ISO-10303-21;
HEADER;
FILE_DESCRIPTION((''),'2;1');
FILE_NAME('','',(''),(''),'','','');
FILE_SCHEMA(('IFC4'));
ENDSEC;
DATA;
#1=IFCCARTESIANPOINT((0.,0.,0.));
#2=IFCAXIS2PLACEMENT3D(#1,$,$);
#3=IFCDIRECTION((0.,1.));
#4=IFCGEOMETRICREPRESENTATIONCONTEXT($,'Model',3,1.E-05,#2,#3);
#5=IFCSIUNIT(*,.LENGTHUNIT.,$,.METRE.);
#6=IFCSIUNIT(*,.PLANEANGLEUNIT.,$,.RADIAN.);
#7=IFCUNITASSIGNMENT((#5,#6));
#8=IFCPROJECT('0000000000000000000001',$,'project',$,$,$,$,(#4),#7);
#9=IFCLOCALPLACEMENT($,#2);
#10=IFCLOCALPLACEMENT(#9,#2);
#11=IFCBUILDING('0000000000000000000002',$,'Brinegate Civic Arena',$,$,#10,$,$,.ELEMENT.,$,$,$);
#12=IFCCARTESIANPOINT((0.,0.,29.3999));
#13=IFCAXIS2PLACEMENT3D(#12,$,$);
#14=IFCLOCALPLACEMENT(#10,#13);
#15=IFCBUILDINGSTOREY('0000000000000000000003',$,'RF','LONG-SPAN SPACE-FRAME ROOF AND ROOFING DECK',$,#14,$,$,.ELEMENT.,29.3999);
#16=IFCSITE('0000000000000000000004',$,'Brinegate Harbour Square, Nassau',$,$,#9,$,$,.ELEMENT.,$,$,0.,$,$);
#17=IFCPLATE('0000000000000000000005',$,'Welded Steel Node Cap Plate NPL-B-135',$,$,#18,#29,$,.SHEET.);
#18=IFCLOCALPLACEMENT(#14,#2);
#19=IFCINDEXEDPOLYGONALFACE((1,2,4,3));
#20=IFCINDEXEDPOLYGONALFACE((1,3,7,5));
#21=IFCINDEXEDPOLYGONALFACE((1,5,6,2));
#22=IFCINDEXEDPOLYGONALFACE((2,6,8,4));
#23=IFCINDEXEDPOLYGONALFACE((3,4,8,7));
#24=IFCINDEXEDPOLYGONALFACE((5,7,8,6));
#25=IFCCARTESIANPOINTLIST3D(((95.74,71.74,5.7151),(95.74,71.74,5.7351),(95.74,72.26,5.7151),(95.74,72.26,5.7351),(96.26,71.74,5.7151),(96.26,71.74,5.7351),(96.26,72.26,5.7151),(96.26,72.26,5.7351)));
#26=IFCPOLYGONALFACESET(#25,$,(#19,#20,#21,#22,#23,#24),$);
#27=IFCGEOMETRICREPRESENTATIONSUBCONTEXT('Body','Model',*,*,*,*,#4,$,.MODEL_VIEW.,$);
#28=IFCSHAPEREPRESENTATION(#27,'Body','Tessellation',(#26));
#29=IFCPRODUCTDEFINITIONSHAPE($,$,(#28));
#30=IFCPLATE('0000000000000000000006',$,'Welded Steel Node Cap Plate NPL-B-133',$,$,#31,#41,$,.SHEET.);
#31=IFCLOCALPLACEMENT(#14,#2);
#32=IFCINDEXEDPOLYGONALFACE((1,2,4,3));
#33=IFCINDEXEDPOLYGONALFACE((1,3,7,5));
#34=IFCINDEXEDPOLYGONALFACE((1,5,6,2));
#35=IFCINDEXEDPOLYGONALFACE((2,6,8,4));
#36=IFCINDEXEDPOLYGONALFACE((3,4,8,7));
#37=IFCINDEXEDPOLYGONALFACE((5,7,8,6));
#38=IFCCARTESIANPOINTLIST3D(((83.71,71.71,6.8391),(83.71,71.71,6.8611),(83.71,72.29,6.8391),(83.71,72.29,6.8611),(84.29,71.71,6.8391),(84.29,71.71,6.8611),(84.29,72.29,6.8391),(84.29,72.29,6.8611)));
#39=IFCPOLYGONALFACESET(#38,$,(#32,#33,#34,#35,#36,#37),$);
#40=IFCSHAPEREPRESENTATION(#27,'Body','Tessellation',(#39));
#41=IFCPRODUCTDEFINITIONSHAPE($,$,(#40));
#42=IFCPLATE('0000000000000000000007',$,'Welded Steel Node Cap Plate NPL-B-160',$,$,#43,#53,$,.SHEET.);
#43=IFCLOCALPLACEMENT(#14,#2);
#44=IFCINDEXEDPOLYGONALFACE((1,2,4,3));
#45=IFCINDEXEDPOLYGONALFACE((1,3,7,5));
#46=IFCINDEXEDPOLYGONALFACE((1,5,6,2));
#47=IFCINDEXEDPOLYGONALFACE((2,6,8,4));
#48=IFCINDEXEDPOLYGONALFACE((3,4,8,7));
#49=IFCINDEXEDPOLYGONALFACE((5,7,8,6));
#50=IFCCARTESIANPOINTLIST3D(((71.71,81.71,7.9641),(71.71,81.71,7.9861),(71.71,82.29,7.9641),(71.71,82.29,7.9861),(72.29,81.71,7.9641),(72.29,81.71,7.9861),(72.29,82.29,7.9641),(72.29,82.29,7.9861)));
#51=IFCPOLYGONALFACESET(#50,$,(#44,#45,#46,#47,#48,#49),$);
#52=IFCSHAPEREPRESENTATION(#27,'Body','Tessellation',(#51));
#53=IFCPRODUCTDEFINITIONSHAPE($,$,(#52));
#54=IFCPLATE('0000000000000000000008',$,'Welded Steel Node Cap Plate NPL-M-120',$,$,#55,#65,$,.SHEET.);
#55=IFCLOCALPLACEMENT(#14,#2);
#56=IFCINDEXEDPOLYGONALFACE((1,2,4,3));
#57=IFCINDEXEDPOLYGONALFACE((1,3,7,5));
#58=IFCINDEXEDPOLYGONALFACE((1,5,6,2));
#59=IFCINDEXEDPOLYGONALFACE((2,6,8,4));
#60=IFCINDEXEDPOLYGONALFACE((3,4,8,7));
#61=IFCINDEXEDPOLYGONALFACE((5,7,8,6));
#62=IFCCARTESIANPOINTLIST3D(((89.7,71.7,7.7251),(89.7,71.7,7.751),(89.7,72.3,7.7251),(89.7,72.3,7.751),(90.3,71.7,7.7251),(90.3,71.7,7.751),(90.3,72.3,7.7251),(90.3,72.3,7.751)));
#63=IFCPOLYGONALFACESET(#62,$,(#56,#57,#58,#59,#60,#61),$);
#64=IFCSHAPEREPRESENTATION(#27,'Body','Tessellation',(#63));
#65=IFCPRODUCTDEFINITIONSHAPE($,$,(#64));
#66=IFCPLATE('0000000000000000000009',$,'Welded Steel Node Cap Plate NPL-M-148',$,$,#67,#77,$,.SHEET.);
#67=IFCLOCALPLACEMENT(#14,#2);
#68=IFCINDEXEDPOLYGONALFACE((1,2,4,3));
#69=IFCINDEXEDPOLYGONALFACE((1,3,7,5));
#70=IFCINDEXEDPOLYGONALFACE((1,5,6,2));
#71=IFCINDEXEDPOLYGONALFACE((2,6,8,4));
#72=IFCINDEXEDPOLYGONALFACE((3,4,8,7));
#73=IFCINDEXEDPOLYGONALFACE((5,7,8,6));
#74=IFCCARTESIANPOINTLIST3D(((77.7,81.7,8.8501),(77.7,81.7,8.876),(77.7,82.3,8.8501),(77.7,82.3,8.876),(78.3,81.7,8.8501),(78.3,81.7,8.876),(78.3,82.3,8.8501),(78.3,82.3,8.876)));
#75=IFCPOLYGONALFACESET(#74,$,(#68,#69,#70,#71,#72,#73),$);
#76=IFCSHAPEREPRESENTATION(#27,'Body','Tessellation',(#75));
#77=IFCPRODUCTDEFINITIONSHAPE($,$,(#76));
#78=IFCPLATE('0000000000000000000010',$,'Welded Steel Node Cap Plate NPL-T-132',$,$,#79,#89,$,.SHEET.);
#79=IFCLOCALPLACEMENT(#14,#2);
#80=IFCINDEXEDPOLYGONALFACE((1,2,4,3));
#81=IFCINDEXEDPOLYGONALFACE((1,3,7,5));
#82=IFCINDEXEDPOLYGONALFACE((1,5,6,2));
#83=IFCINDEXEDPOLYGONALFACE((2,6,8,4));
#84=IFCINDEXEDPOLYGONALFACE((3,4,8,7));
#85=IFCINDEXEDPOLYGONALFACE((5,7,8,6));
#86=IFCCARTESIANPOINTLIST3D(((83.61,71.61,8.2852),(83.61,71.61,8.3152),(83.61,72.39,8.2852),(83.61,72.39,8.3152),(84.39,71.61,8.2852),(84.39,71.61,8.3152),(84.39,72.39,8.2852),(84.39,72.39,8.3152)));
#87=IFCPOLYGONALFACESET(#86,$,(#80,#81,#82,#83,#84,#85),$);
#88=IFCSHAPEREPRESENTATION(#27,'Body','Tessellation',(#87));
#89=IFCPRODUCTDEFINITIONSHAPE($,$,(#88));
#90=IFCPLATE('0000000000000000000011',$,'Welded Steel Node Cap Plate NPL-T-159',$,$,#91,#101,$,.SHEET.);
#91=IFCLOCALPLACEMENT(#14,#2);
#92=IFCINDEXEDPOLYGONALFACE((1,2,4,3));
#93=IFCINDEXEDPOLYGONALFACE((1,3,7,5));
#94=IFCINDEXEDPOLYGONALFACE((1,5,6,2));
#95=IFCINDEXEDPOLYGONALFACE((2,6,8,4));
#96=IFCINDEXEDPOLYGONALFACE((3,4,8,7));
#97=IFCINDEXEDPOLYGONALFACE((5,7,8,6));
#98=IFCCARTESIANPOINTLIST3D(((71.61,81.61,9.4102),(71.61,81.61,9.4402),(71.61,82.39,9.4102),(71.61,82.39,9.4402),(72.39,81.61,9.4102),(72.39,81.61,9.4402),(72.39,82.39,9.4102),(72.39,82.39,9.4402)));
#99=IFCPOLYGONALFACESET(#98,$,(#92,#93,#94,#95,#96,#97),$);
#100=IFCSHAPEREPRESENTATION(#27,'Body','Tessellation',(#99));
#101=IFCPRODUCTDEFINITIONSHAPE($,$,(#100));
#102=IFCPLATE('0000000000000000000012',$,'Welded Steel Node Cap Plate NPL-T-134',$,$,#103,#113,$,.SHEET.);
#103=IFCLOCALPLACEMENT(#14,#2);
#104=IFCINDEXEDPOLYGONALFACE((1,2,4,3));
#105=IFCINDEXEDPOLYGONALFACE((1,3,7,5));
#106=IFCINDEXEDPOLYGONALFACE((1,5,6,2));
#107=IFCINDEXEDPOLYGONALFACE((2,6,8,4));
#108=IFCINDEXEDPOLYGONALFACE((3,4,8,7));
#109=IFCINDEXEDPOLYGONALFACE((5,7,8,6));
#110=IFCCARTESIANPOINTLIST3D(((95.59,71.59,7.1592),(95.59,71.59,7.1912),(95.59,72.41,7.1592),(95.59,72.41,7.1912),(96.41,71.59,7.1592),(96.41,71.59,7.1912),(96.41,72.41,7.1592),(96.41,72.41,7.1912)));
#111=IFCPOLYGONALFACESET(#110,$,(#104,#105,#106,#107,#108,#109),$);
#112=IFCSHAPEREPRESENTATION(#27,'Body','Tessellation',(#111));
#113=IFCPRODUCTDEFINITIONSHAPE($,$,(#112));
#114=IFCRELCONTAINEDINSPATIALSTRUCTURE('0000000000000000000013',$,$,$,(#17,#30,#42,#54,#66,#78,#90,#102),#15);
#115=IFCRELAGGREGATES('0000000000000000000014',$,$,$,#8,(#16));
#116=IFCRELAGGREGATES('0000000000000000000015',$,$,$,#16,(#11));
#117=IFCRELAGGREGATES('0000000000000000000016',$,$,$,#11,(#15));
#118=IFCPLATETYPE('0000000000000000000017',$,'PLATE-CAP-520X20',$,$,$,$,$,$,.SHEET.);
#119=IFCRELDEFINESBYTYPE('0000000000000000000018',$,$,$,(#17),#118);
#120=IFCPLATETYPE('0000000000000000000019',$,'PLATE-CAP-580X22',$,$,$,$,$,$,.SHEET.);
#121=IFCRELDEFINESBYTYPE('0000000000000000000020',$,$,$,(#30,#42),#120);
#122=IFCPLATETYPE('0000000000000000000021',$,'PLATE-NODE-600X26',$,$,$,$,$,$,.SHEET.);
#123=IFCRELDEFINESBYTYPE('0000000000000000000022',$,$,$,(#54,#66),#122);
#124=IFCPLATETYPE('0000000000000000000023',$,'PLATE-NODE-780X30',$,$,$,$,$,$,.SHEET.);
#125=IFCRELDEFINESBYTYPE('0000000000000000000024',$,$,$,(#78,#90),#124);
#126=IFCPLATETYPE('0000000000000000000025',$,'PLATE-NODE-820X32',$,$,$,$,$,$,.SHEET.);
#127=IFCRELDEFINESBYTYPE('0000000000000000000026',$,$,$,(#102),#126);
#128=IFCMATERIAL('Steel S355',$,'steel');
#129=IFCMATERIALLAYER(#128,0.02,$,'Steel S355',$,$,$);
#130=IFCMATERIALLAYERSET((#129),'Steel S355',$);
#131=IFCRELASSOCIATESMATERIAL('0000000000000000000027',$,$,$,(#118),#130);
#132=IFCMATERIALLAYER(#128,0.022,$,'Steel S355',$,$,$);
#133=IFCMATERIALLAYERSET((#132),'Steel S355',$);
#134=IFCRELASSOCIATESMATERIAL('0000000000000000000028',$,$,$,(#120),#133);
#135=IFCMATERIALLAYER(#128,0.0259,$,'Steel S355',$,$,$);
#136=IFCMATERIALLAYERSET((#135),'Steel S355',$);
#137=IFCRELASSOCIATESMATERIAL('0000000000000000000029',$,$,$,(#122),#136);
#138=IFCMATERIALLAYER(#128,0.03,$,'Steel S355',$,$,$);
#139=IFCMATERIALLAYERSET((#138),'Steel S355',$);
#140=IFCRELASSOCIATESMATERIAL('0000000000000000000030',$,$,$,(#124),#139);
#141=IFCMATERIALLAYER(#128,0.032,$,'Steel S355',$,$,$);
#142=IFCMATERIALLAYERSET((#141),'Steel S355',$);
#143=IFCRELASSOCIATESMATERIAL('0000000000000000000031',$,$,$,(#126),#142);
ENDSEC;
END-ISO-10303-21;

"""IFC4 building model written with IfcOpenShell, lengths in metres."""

from ifc_helpers import new_model, si_unit, direction, frame, origin, origin_2d, place, context, subcontext, project, spatial, rectangle, extrude, material, layer, layer_set, type_object, element, save


model = new_model("IFC4")

# Units and contexts
model_context = context("Model", 3, precision=1e-05, world=origin(), true_north=direction((0.0, 1.0)))
body_context = subcontext(model_context, "Body", "Model", "MODEL_VIEW")
ifc_project = project(units=[si_unit("LENGTHUNIT", "METRE"), si_unit("PLANEANGLEUNIT", "RADIAN")], contexts=[model_context])

# Site, building, storey
site_placement = place(None, origin())
site = spatial("IfcSite", under=ifc_project, at=site_placement, Name="Brinegate Harbour Square, Nassau", CompositionType="ELEMENT", RefElevation=0.0)
building_placement = place(site_placement, origin())
building = spatial("IfcBuilding", under=site, at=building_placement, Name="Brinegate Civic Arena", CompositionType="ELEMENT")
storey_placement = place(building_placement, frame((0.0, 0.0, 29.3999)))
storey = spatial("IfcBuildingStorey", under=building, at=storey_placement, Name="RF", Description="LONG-SPAN SPACE-FRAME ROOF AND ROOFING DECK", CompositionType="ELEMENT", Elevation=29.3999)

# Shared definitions
ifc_material = material(Name="Steel S355", Category="steel")

# Plates
ifc_layer_1 = layer(ifc_material, 0.02, Name="Steel S355")
ifc_layer_set_1 = layer_set([ifc_layer_1], Name="Steel S355")
plate_type_1 = type_object("IfcPlateType", Name="PLATE-CAP-520X20", PredefinedType="SHEET", material=ifc_layer_set_1)
plate_1_placement = place(storey_placement, frame((96.0, 72.0, 5.7151), z_axis=(0.0, 0.0, 1.0), x_axis=(1.0, 0.0, 0.0)))
element("IfcPlate", 1, at=plate_1_placement, inside=storey, type_object=plate_type_1, Name="Welded Steel Node Cap Plate NPL-B-135", PredefinedType="SHEET", context=body_context, shape_type="SweptSolid", body=[
    extrude(rectangle(XDim=0.52, YDim=0.52, at=origin_2d()), origin(), (0.0, 0.0, 1.0), 0.02),
])
ifc_layer_2 = layer(ifc_material, 0.022, Name="Steel S355")
ifc_layer_set_2 = layer_set([ifc_layer_2], Name="Steel S355")
plate_type_2 = type_object("IfcPlateType", Name="PLATE-CAP-580X22", PredefinedType="SHEET", material=ifc_layer_set_2)
for number, where, z_axis, x_axis, name in (
    (2, (84.0, 72.0, 6.8391), (0.0, 0.0, 1.0), (1.0, 0.0, 0.0), "Welded Steel Node Cap Plate NPL-B-133"),
    (3, (72.0, 82.0, 7.9641), (0.0, 0.0, 1.0), (1.0, 0.0, 0.0), "Welded Steel Node Cap Plate NPL-B-160"),
):
    element("IfcPlate", number, at=place(storey_placement, frame(where, z_axis=z_axis, x_axis=x_axis)), inside=storey, type_object=plate_type_2, Name=name, PredefinedType="SHEET", context=body_context, shape_type="SweptSolid", body=[
        extrude(rectangle(XDim=0.5801, YDim=0.5801, at=origin_2d()), origin(), (0.0, 0.0, 1.0), 0.022),
    ])
ifc_layer_3 = layer(ifc_material, 0.0259, Name="Steel S355")
ifc_layer_set_3 = layer_set([ifc_layer_3], Name="Steel S355")
plate_type_3 = type_object("IfcPlateType", Name="PLATE-NODE-600X26", PredefinedType="SHEET", material=ifc_layer_set_3)
for number, where, z_axis, x_axis, name in (
    (4, (90.0, 72.0, 7.7251), (0.0, 0.0, 1.0), (1.0, 0.0, 0.0), "Welded Steel Node Cap Plate NPL-M-120"),
    (5, (78.0, 82.0, 8.8501), (0.0, 0.0, 1.0), (1.0, 0.0, 0.0), "Welded Steel Node Cap Plate NPL-M-148"),
):
    element("IfcPlate", number, at=place(storey_placement, frame(where, z_axis=z_axis, x_axis=x_axis)), inside=storey, type_object=plate_type_3, Name=name, PredefinedType="SHEET", context=body_context, shape_type="SweptSolid", body=[
        extrude(rectangle(XDim=0.6001, YDim=0.6001, at=origin_2d()), origin(), (0.0, 0.0, 1.0), 0.0259),
    ])
ifc_layer_4 = layer(ifc_material, 0.03, Name="Steel S355")
ifc_layer_set_4 = layer_set([ifc_layer_4], Name="Steel S355")
plate_type_4 = type_object("IfcPlateType", Name="PLATE-NODE-780X30", PredefinedType="SHEET", material=ifc_layer_set_4)
for number, where, z_axis, x_axis, name in (
    (6, (84.0, 72.0, 8.2852), (0.0, 0.0, 1.0), (1.0, 0.0, 0.0), "Welded Steel Node Cap Plate NPL-T-132"),
    (7, (72.0, 82.0, 9.4102), (0.0, 0.0, 1.0), (1.0, 0.0, 0.0), "Welded Steel Node Cap Plate NPL-T-159"),
):
    element("IfcPlate", number, at=place(storey_placement, frame(where, z_axis=z_axis, x_axis=x_axis)), inside=storey, type_object=plate_type_4, Name=name, PredefinedType="SHEET", context=body_context, shape_type="SweptSolid", body=[
        extrude(rectangle(XDim=0.78, YDim=0.78, at=origin_2d()), origin(), (0.0, 0.0, 1.0), 0.03),
    ])
ifc_layer_5 = layer(ifc_material, 0.032, Name="Steel S355")
ifc_layer_set_5 = layer_set([ifc_layer_5], Name="Steel S355")
plate_type_5 = type_object("IfcPlateType", Name="PLATE-NODE-820X32", PredefinedType="SHEET", material=ifc_layer_set_5)
plate_2_placement = place(storey_placement, frame((96.0, 72.0, 7.1592), z_axis=(0.0, 0.0, 1.0), x_axis=(1.0, 0.0, 0.0)))
element("IfcPlate", 8, at=plate_2_placement, inside=storey, type_object=plate_type_5, Name="Welded Steel Node Cap Plate NPL-T-134", PredefinedType="SHEET", context=body_context, shape_type="SweptSolid", body=[
    extrude(rectangle(XDim=0.8201, YDim=0.8201, at=origin_2d()), origin(), (0.0, 0.0, 1.0), 0.032),
])

save(model, "model.ifc")
